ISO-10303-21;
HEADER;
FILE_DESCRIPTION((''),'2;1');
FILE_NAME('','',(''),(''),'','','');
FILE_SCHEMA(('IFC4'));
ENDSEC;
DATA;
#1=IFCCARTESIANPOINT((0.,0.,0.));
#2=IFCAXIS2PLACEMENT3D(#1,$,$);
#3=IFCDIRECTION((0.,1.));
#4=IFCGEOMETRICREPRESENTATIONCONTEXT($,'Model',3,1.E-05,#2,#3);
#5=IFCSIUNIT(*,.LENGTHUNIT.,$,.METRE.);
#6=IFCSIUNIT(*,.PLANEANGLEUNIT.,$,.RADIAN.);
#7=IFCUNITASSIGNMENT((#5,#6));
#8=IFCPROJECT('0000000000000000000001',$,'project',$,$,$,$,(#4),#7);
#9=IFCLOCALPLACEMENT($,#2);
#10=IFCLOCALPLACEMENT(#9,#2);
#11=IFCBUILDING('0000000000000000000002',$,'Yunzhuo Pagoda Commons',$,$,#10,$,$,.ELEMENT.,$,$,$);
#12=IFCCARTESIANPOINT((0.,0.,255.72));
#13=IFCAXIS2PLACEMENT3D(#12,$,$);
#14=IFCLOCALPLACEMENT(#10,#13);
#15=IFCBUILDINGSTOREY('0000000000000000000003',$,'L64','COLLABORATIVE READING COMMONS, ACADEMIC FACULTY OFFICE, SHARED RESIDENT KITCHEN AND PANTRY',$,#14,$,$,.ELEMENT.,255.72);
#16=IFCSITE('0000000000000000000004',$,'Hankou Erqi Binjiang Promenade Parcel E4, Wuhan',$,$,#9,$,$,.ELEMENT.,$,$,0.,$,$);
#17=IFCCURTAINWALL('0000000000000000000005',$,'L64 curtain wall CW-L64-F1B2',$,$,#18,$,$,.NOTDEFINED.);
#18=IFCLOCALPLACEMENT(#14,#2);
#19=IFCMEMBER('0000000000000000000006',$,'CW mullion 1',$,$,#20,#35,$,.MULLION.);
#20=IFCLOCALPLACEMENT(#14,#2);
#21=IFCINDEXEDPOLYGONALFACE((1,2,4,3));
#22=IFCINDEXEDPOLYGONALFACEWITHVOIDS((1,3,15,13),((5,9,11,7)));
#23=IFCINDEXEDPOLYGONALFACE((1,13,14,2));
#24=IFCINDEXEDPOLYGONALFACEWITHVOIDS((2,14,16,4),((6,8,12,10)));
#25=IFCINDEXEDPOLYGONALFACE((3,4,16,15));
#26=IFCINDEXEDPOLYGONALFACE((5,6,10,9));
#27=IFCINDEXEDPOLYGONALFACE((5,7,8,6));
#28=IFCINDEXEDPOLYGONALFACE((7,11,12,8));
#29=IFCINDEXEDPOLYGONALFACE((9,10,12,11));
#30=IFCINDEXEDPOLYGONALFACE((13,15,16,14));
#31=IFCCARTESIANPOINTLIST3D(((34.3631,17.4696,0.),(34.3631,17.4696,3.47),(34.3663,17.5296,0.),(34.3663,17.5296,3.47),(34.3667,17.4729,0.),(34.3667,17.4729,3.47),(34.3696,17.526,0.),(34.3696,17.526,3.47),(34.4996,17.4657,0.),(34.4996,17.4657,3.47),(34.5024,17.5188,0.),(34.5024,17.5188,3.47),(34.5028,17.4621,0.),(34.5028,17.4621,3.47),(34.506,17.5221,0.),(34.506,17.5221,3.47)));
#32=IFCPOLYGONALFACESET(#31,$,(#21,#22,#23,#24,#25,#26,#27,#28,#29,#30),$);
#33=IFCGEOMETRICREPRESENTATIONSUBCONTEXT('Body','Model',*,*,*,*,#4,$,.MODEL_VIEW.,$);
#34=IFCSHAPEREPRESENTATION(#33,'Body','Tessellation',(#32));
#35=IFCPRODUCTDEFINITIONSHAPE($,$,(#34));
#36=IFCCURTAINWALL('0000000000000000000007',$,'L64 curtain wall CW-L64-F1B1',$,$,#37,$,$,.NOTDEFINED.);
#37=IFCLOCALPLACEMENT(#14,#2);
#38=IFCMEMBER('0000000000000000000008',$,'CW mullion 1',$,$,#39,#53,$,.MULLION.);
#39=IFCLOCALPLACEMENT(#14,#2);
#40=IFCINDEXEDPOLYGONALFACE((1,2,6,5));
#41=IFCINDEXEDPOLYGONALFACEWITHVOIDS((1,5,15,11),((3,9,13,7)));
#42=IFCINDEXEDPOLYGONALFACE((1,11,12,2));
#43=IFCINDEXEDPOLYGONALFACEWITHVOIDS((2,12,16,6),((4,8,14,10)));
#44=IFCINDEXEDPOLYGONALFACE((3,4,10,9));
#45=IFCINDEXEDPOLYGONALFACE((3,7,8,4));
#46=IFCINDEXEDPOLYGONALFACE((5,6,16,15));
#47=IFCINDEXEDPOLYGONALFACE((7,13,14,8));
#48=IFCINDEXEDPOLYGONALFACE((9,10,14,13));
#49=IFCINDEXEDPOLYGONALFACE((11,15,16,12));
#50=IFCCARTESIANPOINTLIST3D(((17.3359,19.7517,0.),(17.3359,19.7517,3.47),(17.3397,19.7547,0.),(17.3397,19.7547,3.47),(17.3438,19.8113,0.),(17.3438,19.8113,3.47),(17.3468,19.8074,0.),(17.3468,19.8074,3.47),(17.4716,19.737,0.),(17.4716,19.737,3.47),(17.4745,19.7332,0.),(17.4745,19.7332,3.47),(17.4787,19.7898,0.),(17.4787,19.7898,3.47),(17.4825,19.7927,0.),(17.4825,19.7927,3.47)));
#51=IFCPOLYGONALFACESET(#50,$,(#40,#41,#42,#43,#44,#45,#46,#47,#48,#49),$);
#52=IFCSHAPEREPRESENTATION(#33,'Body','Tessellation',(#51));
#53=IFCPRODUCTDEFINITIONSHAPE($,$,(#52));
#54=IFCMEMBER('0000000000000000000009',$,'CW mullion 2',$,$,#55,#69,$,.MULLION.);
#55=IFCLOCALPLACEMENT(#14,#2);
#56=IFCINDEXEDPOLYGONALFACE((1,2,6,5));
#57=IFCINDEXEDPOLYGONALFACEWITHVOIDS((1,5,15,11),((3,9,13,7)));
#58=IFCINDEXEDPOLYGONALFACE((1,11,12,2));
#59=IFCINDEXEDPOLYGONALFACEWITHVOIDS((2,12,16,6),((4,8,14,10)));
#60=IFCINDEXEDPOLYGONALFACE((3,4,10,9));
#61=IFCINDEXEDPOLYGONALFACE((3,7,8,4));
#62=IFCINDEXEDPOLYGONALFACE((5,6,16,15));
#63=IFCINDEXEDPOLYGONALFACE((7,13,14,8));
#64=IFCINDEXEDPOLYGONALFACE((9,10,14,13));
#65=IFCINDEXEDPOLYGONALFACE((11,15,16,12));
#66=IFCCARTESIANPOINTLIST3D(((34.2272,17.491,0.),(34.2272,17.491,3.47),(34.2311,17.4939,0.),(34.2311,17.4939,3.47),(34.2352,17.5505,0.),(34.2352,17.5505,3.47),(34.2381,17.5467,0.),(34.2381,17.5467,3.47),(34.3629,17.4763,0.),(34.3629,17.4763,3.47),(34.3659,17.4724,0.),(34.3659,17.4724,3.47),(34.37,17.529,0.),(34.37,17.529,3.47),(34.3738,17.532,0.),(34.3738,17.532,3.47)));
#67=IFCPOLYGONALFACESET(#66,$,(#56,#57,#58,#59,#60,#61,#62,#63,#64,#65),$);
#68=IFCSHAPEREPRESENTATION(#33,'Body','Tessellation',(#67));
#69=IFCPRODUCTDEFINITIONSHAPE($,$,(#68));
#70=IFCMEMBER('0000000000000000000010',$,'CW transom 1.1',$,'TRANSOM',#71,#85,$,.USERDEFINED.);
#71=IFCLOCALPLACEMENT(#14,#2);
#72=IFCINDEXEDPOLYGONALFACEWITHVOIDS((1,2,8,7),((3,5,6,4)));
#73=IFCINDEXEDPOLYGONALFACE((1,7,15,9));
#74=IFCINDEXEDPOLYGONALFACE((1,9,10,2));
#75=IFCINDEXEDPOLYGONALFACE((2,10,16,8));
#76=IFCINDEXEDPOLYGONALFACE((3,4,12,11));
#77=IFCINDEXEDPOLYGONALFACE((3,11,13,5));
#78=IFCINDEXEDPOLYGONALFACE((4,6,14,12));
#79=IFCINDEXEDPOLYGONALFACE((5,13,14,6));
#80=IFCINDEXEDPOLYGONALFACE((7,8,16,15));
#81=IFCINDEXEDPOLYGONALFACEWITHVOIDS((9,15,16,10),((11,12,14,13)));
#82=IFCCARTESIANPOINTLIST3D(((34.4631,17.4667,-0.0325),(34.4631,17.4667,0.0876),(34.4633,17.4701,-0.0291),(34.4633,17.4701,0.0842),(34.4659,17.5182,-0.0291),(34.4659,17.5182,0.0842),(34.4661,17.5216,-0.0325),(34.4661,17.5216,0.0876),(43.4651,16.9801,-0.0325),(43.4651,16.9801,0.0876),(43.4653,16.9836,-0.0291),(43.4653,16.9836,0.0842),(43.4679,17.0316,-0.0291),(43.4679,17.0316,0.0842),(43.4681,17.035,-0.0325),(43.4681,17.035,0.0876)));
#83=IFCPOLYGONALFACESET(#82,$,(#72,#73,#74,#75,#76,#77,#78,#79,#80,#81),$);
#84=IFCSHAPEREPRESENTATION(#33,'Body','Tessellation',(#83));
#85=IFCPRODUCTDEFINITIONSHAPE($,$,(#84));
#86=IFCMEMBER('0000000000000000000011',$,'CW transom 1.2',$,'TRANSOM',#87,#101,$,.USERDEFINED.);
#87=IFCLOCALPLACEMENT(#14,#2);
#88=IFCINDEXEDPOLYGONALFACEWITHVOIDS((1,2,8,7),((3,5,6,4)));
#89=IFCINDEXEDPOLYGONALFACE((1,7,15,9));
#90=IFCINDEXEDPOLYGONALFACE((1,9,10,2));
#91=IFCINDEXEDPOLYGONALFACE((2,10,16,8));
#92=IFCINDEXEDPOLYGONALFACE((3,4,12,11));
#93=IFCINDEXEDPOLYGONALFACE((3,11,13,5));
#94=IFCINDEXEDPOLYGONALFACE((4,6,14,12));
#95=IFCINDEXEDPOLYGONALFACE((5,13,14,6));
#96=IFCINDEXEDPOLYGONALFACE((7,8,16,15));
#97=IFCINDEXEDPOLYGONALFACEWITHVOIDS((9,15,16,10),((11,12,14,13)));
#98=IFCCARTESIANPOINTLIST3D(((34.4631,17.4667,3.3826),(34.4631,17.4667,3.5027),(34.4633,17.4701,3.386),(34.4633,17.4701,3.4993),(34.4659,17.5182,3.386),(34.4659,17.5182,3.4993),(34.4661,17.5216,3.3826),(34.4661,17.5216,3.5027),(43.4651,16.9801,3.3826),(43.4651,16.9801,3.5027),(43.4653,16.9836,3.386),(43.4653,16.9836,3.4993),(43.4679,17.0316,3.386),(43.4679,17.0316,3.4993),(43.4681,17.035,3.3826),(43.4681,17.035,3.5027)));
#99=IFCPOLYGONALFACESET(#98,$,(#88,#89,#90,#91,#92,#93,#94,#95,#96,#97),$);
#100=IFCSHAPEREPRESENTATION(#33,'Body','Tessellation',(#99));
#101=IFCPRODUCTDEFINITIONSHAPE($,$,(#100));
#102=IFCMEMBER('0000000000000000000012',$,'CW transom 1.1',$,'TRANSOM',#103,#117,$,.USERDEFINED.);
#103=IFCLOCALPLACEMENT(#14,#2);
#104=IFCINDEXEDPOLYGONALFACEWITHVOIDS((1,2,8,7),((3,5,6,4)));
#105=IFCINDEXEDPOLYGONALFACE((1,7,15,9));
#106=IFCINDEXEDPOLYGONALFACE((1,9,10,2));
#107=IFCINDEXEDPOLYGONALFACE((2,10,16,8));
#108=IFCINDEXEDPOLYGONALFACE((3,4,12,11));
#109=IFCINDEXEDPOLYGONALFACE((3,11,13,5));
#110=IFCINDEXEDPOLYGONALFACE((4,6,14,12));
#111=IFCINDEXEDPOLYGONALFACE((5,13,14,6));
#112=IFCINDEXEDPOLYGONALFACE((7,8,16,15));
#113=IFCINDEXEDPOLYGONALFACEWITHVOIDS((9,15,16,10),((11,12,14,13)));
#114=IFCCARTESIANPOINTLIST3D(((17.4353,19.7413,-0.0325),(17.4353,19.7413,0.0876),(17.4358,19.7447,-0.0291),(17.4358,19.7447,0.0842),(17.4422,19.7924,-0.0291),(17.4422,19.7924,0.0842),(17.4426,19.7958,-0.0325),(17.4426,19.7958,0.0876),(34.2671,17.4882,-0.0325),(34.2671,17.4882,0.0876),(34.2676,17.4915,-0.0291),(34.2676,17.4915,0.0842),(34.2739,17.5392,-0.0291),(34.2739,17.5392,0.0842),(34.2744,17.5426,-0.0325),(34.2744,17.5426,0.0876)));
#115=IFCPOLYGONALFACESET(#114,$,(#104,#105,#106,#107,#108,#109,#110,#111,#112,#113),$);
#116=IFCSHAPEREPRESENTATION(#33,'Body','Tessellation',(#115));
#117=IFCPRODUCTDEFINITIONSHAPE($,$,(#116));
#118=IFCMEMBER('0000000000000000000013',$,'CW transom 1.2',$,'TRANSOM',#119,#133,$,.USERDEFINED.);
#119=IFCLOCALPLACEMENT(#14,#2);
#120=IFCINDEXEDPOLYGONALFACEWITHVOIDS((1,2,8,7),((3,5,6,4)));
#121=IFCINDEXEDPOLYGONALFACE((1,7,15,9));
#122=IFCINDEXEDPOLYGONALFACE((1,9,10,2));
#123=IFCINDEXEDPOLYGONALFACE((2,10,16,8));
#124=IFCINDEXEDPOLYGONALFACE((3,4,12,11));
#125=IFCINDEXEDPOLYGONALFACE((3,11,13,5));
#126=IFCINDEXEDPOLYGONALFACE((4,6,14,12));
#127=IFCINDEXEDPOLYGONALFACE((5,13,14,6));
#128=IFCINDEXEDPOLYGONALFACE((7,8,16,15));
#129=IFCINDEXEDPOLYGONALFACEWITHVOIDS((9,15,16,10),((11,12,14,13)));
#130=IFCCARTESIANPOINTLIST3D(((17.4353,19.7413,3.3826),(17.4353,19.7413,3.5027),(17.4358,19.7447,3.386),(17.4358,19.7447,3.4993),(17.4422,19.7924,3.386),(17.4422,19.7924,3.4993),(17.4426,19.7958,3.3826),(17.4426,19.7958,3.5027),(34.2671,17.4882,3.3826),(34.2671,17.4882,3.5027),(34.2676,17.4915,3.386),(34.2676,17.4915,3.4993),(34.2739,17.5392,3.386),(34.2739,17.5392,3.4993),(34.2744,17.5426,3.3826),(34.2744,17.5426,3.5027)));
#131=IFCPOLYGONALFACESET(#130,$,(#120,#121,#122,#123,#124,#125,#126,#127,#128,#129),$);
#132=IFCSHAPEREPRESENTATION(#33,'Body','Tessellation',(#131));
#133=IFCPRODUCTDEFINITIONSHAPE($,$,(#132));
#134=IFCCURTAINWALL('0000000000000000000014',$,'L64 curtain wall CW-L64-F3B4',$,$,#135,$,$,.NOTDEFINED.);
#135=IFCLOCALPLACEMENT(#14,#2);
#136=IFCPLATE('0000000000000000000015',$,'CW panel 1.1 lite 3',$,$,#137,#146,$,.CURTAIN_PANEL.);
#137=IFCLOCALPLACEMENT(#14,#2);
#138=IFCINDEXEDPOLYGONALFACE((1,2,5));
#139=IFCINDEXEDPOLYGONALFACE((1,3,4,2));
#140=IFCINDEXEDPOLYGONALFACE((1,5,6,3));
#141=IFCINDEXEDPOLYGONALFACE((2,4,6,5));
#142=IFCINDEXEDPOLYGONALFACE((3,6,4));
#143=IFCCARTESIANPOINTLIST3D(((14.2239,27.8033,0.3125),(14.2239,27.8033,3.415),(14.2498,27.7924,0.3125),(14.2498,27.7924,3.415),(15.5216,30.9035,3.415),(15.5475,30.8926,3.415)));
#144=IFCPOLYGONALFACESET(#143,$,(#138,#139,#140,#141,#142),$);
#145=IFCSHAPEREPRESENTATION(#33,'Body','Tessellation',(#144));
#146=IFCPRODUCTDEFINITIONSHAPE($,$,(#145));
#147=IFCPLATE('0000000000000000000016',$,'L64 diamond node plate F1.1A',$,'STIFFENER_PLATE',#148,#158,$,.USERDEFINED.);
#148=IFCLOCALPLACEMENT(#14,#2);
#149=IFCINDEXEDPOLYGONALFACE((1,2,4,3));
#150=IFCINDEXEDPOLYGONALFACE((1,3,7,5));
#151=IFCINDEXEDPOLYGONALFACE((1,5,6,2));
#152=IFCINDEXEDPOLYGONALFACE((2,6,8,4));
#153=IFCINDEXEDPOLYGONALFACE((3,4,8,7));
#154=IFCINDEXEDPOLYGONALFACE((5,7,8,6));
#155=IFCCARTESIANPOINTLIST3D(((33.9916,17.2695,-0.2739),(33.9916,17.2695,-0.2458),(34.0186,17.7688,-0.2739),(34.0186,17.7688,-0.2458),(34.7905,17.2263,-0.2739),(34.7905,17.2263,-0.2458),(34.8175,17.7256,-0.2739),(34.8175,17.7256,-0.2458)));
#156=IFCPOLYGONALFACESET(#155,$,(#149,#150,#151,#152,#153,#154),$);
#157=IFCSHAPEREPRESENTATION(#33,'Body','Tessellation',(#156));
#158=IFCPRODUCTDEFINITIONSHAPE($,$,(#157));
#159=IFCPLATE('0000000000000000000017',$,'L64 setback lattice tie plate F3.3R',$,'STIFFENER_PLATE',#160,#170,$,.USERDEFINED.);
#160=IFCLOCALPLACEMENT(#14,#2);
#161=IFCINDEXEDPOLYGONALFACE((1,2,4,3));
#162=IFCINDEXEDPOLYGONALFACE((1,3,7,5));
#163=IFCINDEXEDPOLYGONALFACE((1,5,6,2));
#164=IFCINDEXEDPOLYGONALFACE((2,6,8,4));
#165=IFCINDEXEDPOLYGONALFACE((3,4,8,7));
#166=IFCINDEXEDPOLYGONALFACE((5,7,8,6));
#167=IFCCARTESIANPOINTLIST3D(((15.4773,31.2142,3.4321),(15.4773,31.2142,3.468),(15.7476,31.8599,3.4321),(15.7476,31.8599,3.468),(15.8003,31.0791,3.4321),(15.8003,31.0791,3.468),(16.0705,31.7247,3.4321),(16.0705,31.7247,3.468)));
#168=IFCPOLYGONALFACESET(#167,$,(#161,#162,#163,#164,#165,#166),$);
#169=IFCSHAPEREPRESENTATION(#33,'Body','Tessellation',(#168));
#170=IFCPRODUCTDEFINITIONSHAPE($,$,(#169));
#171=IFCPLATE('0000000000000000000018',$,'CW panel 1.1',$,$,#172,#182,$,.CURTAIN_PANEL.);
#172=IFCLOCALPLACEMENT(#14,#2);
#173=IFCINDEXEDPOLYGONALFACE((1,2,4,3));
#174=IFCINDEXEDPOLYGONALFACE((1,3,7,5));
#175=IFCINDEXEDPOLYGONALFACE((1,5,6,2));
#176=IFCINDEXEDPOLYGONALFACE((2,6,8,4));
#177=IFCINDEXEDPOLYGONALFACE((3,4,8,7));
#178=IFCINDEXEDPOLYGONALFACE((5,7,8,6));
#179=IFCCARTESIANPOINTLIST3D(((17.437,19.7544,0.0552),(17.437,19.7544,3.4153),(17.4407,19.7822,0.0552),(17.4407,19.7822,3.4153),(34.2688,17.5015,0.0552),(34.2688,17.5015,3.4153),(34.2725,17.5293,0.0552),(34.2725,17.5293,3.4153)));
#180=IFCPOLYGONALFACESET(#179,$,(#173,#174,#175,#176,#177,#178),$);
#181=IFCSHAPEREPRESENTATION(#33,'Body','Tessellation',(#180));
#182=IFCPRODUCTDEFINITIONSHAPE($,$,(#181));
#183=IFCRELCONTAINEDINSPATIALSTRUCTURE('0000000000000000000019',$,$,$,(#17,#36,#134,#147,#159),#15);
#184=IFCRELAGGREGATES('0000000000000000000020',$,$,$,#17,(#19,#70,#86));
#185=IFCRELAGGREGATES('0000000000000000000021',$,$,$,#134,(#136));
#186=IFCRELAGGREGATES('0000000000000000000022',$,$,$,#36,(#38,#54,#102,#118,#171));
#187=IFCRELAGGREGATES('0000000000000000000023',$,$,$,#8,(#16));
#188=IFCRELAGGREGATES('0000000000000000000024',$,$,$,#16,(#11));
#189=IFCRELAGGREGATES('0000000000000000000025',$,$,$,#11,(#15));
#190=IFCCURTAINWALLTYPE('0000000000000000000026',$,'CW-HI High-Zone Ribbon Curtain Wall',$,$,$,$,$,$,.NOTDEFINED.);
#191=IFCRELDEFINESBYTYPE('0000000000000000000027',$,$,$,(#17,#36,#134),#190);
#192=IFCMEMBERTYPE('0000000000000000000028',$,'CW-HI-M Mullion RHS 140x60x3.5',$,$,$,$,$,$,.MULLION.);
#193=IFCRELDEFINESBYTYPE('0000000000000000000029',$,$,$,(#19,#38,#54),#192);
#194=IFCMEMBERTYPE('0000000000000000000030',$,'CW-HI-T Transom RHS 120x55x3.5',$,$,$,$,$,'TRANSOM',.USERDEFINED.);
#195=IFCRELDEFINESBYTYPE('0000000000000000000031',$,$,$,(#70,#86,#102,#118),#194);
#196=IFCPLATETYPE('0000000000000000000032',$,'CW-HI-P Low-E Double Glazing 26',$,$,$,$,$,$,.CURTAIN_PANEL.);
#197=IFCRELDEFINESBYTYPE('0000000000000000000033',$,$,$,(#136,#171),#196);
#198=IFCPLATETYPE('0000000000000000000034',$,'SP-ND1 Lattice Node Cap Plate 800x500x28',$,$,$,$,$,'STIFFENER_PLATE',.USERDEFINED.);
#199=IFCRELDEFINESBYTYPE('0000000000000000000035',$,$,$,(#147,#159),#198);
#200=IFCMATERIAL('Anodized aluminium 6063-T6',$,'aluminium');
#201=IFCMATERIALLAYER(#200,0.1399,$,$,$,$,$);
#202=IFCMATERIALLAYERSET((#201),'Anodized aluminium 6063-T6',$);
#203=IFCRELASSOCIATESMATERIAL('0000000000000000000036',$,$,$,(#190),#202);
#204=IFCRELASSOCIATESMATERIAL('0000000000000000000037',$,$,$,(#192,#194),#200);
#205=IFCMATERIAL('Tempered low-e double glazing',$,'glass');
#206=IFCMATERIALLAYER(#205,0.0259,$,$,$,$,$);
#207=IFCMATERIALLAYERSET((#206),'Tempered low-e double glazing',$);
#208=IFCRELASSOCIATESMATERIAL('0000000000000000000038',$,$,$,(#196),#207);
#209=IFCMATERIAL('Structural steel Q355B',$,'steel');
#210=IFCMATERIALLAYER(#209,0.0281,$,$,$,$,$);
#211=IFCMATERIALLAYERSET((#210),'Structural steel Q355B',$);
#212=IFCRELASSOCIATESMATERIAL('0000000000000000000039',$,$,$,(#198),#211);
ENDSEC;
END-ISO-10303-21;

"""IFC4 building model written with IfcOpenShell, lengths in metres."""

from ifc_helpers import new_model, si_unit, direction, frame, origin, origin_2d, place, context, subcontext, project, spatial, polyline, rectangle, hollow_rectangle, outline, extrude, source, transform, mapped, material, layer, layer_set, material_profile, profile_set, type_object, element, aggregate, save


model = new_model("IFC4")

# Units and contexts
model_context = context("Model", 3, precision=1e-05, world=origin(), true_north=direction((0.0, 1.0)))
body_context = subcontext(model_context, "Body", "Model", "MODEL_VIEW")
ifc_project = project(units=[si_unit("LENGTHUNIT", "METRE"), si_unit("PLANEANGLEUNIT", "RADIAN")], contexts=[model_context])

# Site, building, storey
site_placement = place(None, origin())
site = spatial("IfcSite", under=ifc_project, at=site_placement, Name="Hankou Erqi Binjiang Promenade Parcel E4, Wuhan", CompositionType="ELEMENT", RefElevation=0.0)
building_placement = place(site_placement, origin())
building = spatial("IfcBuilding", under=site, at=building_placement, Name="Yunzhuo Pagoda Commons", CompositionType="ELEMENT")
storey_placement = place(building_placement, frame((0.0, 0.0, 255.72)))
storey = spatial("IfcBuildingStorey", under=building, at=storey_placement, Name="L64", Description="COLLABORATIVE READING COMMONS, ACADEMIC FACULTY OFFICE, SHARED RESIDENT KITCHEN AND PANTRY", CompositionType="ELEMENT", Elevation=255.72)

# Shared definitions
ifc_material_1 = material(Name="Structural steel Q355B", Category="steel")

# Curtain wall, member
ifc_material_2 = material(Name="Anodized aluminium 6063-T6", Category="aluminium")
ifc_layer_1 = layer(ifc_material_2, 0.1399)
ifc_layer_set_1 = layer_set([ifc_layer_1], Name="Anodized aluminium 6063-T6")
curtain_wall_type = type_object("IfcCurtainWallType", Name="CW-HI High-Zone Ribbon Curtain Wall", PredefinedType="NOTDEFINED", material=ifc_layer_set_1)
curtain_wall_1_placement = place(storey_placement, origin())
curtain_wall_1 = element("IfcCurtainWall", 1, at=curtain_wall_1_placement, inside=storey, type_object=curtain_wall_type, Name="L64 curtain wall CW-L64-F1B2", PredefinedType="NOTDEFINED")
ifc_material_profile_1 = material_profile(ifc_material_2, hollow_rectangle(XDim=0.0601, YDim=0.1399, WallThickness=0.0034, at=origin_2d()), Name="Anodized aluminium 6063-T6")
ifc_profile_set_1 = profile_set([ifc_material_profile_1], Name="Anodized aluminium 6063-T6")
member_type_1 = type_object("IfcMemberType", Name="CW-HI-M Mullion RHS 140x60x3.5", PredefinedType="MULLION", material=ifc_profile_set_1)
shared_shape_1 = source(origin(), body_context, "Body", "SweptSolid", [
    extrude(hollow_rectangle(XDim=0.0601, YDim=0.1399, WallThickness=0.0034, at=origin_2d()), origin(), (0.0, 0.0, 1.0), 3.47),
])
member_1_placement = place(storey_placement, frame((34.4346, 17.4958, 0.0), z_axis=(0.0, 0.0, 1.0), x_axis=(0.053989, 0.998542, 0.0)))
member_1 = element("IfcMember", 2, at=member_1_placement, type_object=member_type_1, Name="CW mullion 1", PredefinedType="MULLION", context=body_context, shape_type="MappedRepresentation", body=[
    mapped(shared_shape_1, transform((0.0, 0.0, 0.0), scale=1.0)),
])

# Curtain wall, members
curtain_wall_2_placement = place(storey_placement, origin())
curtain_wall_2 = element("IfcCurtainWall", 3, at=curtain_wall_2_placement, inside=storey, type_object=curtain_wall_type, Name="L64 curtain wall CW-L64-F1B1", PredefinedType="NOTDEFINED")
member_2_placement = place(storey_placement, frame((17.4092, 19.7722, 0.0), z_axis=(0.0, 0.0, 1.0), x_axis=(0.132664, 0.991161, 0.0)))
member_2 = element("IfcMember", 4, at=member_2_placement, type_object=member_type_1, Name="CW mullion 1", PredefinedType="MULLION", context=body_context, shape_type="MappedRepresentation", body=[
    mapped(shared_shape_1, transform((0.0, 0.0, 0.0), scale=1.0)),
])
member_3_placement = place(storey_placement, frame((34.3005, 17.5115, 0.0), z_axis=(0.0, 0.0, 1.0), x_axis=(0.132664, 0.991161, 0.0)))
member_3 = element("IfcMember", 5, at=member_3_placement, type_object=member_type_1, Name="CW mullion 2", PredefinedType="MULLION", context=body_context, shape_type="MappedRepresentation", body=[
    mapped(shared_shape_1, transform((0.0, 0.0, 0.0), scale=1.0)),
])

# Members
ifc_material_profile_2 = material_profile(ifc_material_2, hollow_rectangle(XDim=0.0549, YDim=0.1201, WallThickness=0.0034, at=origin_2d()), Name="Anodized aluminium 6063-T6")
ifc_profile_set_2 = profile_set([ifc_material_profile_2], Name="Anodized aluminium 6063-T6")
member_type_2 = type_object("IfcMemberType", Name="CW-HI-T Transom RHS 120x55x3.5", ElementType="TRANSOM", PredefinedType="USERDEFINED", material=ifc_profile_set_2)
shared_shape_2 = source(origin(), body_context, "Body", "SweptSolid", [
    extrude(hollow_rectangle(XDim=0.0549, YDim=0.1201, WallThickness=0.0034, at=origin_2d()), origin(), (0.0, 0.0, 1.0), 9.0151),
])
member_4_placement = place(storey_placement, frame((34.4646, 17.4941, 0.0276), z_axis=(0.998542, -0.053973, 0.0), x_axis=(0.053973, 0.998542, 0.0)))
member_4 = element("IfcMember", 6, at=member_4_placement, type_object=member_type_2, Name="CW transom 1.1", ObjectType="TRANSOM", PredefinedType="USERDEFINED", context=body_context, shape_type="MappedRepresentation", body=[
    mapped(shared_shape_2, transform((0.0, 0.0, 0.0), scale=1.0)),
])
member_5_placement = place(storey_placement, frame((34.4646, 17.4941, 3.4426), z_axis=(0.998542, -0.053973, 0.0), x_axis=(0.053973, 0.998542, 0.0)))
member_5 = element("IfcMember", 7, at=member_5_placement, type_object=member_type_2, Name="CW transom 1.2", ObjectType="TRANSOM", PredefinedType="USERDEFINED", context=body_context, shape_type="MappedRepresentation", body=[
    mapped(shared_shape_2, transform((0.0, 0.0, 0.0), scale=1.0)),
])
aggregate(curtain_wall_1, [member_1, member_4, member_5])
shared_shape_3 = source(origin(), body_context, "Body", "SweptSolid", [
    extrude(hollow_rectangle(XDim=0.0549, YDim=0.1201, WallThickness=0.0034, at=origin_2d()), origin(), (0.0, 0.0, 1.0), 16.9819),
])
member_6_placement = place(storey_placement, frame((17.439, 19.7686, 0.0276), z_axis=(0.991159, -0.132681, 0.0), x_axis=(0.132681, 0.991159, 0.0)))
member_6 = element("IfcMember", 8, at=member_6_placement, type_object=member_type_2, Name="CW transom 1.1", ObjectType="TRANSOM", PredefinedType="USERDEFINED", context=body_context, shape_type="MappedRepresentation", body=[
    mapped(shared_shape_3, transform((0.0, 0.0, 0.0), scale=1.0)),
])
member_7_placement = place(storey_placement, frame((17.439, 19.7686, 3.4426), z_axis=(0.991159, -0.132681, 0.0), x_axis=(0.132681, 0.991159, 0.0)))
member_7 = element("IfcMember", 9, at=member_7_placement, type_object=member_type_2, Name="CW transom 1.2", ObjectType="TRANSOM", PredefinedType="USERDEFINED", context=body_context, shape_type="MappedRepresentation", body=[
    mapped(shared_shape_3, transform((0.0, 0.0, 0.0), scale=1.0)),
])

# Curtain wall, plate
curtain_wall_3_placement = place(storey_placement, origin())
curtain_wall_3 = element("IfcCurtainWall", 10, at=curtain_wall_3_placement, inside=storey, type_object=curtain_wall_type, Name="L64 curtain wall CW-L64-F3B4", PredefinedType="NOTDEFINED")
ifc_material_3 = material(Name="Tempered low-e double glazing", Category="glass")
ifc_layer_2 = layer(ifc_material_3, 0.0259)
ifc_layer_set_2 = layer_set([ifc_layer_2], Name="Tempered low-e double glazing")
plate_type_1 = type_object("IfcPlateType", Name="CW-HI-P Low-E Double Glazing 26", PredefinedType="CURTAIN_PANEL", material=ifc_layer_set_2)
plate_1_placement = place(storey_placement, frame((14.8987, 29.3425, 1.8638), z_axis=(-0.922451, 0.386115, 0.0), x_axis=(-0.386115, -0.922451, 0.0)))
plate_1 = element("IfcPlate", 11, at=plate_1_placement, type_object=plate_type_1, Name="CW panel 1.1 lite 3", PredefinedType="CURTAIN_PANEL", context=body_context, shape_type="SweptSolid", body=[
    extrude(outline(polyline([(-1.6804, 1.5513), (1.6804, -1.5513), (1.6804, 1.5513), (-1.6804, 1.5513)])), origin(), (0.0, 0.0, 1.0), 0.0281),
])
aggregate(curtain_wall_3, [plate_1])

# Plates
ifc_layer_3 = layer(ifc_material_1, 0.0281)
ifc_layer_set_3 = layer_set([ifc_layer_3], Name="Structural steel Q355B")
plate_type_2 = type_object("IfcPlateType", Name="SP-ND1 Lattice Node Cap Plate 800x500x28", ElementType="STIFFENER_PLATE", PredefinedType="USERDEFINED", material=ifc_layer_set_3)
shared_shape_4 = source(origin(), body_context, "Body", "SweptSolid", [
    extrude(rectangle(XDim=0.8, YDim=0.5, at=origin_2d()), origin(), (0.0, 0.0, 1.0), 0.0281),
])
plate_2_placement = place(storey_placement, frame((34.4045, 17.4976, -0.2739), z_axis=(0.0, 0.0, 1.0), x_axis=(0.998541, -0.053992, 0.0)))
element("IfcPlate", 12, at=plate_2_placement, inside=storey, type_object=plate_type_2, Name="L64 diamond node plate F1.1A", ObjectType="STIFFENER_PLATE", PredefinedType="USERDEFINED", context=body_context, shape_type="MappedRepresentation", body=[
    mapped(shared_shape_4, transform((0.0, 0.0, 0.0), scale=1.0)),
])
shared_shape_5 = source(origin(), body_context, "Body", "SweptSolid", [
    extrude(rectangle(XDim=0.7, YDim=0.3501, at=origin_2d()), origin(), (0.0, 0.0, 1.0), 0.0359),
])
plate_3_placement = place(storey_placement, frame((15.7739, 31.4695, 3.4321), z_axis=(0.0, 0.0, 1.0), x_axis=(-0.386115, -0.922451, 0.0)))
element("IfcPlate", 13, at=plate_3_placement, inside=storey, type_object=plate_type_2, Name="L64 setback lattice tie plate F3.3R", ObjectType="STIFFENER_PLATE", PredefinedType="USERDEFINED", context=body_context, shape_type="MappedRepresentation", body=[
    mapped(shared_shape_5, transform((0.0, 0.0, 0.0), scale=1.0)),
])

# Plate
shared_shape_6 = source(origin(), body_context, "Body", "SweptSolid", [
    extrude(rectangle(XDim=16.9819, YDim=0.0281, at=origin_2d()), origin(), (0.0, 0.0, 1.0), 3.3601),
])
plate_4_placement = place(storey_placement, frame((25.8547, 18.6418, 0.0552), z_axis=(0.0, 0.0, 1.0), x_axis=(0.991161, -0.132664, 0.0)))
plate_4 = element("IfcPlate", 14, at=plate_4_placement, type_object=plate_type_1, Name="CW panel 1.1", PredefinedType="CURTAIN_PANEL", context=body_context, shape_type="MappedRepresentation", body=[
    mapped(shared_shape_6, transform((0.0, 0.0, 0.0), scale=1.0)),
])
aggregate(curtain_wall_2, [member_2, member_3, member_6, member_7, plate_4])

save(model, "model.ifc")
